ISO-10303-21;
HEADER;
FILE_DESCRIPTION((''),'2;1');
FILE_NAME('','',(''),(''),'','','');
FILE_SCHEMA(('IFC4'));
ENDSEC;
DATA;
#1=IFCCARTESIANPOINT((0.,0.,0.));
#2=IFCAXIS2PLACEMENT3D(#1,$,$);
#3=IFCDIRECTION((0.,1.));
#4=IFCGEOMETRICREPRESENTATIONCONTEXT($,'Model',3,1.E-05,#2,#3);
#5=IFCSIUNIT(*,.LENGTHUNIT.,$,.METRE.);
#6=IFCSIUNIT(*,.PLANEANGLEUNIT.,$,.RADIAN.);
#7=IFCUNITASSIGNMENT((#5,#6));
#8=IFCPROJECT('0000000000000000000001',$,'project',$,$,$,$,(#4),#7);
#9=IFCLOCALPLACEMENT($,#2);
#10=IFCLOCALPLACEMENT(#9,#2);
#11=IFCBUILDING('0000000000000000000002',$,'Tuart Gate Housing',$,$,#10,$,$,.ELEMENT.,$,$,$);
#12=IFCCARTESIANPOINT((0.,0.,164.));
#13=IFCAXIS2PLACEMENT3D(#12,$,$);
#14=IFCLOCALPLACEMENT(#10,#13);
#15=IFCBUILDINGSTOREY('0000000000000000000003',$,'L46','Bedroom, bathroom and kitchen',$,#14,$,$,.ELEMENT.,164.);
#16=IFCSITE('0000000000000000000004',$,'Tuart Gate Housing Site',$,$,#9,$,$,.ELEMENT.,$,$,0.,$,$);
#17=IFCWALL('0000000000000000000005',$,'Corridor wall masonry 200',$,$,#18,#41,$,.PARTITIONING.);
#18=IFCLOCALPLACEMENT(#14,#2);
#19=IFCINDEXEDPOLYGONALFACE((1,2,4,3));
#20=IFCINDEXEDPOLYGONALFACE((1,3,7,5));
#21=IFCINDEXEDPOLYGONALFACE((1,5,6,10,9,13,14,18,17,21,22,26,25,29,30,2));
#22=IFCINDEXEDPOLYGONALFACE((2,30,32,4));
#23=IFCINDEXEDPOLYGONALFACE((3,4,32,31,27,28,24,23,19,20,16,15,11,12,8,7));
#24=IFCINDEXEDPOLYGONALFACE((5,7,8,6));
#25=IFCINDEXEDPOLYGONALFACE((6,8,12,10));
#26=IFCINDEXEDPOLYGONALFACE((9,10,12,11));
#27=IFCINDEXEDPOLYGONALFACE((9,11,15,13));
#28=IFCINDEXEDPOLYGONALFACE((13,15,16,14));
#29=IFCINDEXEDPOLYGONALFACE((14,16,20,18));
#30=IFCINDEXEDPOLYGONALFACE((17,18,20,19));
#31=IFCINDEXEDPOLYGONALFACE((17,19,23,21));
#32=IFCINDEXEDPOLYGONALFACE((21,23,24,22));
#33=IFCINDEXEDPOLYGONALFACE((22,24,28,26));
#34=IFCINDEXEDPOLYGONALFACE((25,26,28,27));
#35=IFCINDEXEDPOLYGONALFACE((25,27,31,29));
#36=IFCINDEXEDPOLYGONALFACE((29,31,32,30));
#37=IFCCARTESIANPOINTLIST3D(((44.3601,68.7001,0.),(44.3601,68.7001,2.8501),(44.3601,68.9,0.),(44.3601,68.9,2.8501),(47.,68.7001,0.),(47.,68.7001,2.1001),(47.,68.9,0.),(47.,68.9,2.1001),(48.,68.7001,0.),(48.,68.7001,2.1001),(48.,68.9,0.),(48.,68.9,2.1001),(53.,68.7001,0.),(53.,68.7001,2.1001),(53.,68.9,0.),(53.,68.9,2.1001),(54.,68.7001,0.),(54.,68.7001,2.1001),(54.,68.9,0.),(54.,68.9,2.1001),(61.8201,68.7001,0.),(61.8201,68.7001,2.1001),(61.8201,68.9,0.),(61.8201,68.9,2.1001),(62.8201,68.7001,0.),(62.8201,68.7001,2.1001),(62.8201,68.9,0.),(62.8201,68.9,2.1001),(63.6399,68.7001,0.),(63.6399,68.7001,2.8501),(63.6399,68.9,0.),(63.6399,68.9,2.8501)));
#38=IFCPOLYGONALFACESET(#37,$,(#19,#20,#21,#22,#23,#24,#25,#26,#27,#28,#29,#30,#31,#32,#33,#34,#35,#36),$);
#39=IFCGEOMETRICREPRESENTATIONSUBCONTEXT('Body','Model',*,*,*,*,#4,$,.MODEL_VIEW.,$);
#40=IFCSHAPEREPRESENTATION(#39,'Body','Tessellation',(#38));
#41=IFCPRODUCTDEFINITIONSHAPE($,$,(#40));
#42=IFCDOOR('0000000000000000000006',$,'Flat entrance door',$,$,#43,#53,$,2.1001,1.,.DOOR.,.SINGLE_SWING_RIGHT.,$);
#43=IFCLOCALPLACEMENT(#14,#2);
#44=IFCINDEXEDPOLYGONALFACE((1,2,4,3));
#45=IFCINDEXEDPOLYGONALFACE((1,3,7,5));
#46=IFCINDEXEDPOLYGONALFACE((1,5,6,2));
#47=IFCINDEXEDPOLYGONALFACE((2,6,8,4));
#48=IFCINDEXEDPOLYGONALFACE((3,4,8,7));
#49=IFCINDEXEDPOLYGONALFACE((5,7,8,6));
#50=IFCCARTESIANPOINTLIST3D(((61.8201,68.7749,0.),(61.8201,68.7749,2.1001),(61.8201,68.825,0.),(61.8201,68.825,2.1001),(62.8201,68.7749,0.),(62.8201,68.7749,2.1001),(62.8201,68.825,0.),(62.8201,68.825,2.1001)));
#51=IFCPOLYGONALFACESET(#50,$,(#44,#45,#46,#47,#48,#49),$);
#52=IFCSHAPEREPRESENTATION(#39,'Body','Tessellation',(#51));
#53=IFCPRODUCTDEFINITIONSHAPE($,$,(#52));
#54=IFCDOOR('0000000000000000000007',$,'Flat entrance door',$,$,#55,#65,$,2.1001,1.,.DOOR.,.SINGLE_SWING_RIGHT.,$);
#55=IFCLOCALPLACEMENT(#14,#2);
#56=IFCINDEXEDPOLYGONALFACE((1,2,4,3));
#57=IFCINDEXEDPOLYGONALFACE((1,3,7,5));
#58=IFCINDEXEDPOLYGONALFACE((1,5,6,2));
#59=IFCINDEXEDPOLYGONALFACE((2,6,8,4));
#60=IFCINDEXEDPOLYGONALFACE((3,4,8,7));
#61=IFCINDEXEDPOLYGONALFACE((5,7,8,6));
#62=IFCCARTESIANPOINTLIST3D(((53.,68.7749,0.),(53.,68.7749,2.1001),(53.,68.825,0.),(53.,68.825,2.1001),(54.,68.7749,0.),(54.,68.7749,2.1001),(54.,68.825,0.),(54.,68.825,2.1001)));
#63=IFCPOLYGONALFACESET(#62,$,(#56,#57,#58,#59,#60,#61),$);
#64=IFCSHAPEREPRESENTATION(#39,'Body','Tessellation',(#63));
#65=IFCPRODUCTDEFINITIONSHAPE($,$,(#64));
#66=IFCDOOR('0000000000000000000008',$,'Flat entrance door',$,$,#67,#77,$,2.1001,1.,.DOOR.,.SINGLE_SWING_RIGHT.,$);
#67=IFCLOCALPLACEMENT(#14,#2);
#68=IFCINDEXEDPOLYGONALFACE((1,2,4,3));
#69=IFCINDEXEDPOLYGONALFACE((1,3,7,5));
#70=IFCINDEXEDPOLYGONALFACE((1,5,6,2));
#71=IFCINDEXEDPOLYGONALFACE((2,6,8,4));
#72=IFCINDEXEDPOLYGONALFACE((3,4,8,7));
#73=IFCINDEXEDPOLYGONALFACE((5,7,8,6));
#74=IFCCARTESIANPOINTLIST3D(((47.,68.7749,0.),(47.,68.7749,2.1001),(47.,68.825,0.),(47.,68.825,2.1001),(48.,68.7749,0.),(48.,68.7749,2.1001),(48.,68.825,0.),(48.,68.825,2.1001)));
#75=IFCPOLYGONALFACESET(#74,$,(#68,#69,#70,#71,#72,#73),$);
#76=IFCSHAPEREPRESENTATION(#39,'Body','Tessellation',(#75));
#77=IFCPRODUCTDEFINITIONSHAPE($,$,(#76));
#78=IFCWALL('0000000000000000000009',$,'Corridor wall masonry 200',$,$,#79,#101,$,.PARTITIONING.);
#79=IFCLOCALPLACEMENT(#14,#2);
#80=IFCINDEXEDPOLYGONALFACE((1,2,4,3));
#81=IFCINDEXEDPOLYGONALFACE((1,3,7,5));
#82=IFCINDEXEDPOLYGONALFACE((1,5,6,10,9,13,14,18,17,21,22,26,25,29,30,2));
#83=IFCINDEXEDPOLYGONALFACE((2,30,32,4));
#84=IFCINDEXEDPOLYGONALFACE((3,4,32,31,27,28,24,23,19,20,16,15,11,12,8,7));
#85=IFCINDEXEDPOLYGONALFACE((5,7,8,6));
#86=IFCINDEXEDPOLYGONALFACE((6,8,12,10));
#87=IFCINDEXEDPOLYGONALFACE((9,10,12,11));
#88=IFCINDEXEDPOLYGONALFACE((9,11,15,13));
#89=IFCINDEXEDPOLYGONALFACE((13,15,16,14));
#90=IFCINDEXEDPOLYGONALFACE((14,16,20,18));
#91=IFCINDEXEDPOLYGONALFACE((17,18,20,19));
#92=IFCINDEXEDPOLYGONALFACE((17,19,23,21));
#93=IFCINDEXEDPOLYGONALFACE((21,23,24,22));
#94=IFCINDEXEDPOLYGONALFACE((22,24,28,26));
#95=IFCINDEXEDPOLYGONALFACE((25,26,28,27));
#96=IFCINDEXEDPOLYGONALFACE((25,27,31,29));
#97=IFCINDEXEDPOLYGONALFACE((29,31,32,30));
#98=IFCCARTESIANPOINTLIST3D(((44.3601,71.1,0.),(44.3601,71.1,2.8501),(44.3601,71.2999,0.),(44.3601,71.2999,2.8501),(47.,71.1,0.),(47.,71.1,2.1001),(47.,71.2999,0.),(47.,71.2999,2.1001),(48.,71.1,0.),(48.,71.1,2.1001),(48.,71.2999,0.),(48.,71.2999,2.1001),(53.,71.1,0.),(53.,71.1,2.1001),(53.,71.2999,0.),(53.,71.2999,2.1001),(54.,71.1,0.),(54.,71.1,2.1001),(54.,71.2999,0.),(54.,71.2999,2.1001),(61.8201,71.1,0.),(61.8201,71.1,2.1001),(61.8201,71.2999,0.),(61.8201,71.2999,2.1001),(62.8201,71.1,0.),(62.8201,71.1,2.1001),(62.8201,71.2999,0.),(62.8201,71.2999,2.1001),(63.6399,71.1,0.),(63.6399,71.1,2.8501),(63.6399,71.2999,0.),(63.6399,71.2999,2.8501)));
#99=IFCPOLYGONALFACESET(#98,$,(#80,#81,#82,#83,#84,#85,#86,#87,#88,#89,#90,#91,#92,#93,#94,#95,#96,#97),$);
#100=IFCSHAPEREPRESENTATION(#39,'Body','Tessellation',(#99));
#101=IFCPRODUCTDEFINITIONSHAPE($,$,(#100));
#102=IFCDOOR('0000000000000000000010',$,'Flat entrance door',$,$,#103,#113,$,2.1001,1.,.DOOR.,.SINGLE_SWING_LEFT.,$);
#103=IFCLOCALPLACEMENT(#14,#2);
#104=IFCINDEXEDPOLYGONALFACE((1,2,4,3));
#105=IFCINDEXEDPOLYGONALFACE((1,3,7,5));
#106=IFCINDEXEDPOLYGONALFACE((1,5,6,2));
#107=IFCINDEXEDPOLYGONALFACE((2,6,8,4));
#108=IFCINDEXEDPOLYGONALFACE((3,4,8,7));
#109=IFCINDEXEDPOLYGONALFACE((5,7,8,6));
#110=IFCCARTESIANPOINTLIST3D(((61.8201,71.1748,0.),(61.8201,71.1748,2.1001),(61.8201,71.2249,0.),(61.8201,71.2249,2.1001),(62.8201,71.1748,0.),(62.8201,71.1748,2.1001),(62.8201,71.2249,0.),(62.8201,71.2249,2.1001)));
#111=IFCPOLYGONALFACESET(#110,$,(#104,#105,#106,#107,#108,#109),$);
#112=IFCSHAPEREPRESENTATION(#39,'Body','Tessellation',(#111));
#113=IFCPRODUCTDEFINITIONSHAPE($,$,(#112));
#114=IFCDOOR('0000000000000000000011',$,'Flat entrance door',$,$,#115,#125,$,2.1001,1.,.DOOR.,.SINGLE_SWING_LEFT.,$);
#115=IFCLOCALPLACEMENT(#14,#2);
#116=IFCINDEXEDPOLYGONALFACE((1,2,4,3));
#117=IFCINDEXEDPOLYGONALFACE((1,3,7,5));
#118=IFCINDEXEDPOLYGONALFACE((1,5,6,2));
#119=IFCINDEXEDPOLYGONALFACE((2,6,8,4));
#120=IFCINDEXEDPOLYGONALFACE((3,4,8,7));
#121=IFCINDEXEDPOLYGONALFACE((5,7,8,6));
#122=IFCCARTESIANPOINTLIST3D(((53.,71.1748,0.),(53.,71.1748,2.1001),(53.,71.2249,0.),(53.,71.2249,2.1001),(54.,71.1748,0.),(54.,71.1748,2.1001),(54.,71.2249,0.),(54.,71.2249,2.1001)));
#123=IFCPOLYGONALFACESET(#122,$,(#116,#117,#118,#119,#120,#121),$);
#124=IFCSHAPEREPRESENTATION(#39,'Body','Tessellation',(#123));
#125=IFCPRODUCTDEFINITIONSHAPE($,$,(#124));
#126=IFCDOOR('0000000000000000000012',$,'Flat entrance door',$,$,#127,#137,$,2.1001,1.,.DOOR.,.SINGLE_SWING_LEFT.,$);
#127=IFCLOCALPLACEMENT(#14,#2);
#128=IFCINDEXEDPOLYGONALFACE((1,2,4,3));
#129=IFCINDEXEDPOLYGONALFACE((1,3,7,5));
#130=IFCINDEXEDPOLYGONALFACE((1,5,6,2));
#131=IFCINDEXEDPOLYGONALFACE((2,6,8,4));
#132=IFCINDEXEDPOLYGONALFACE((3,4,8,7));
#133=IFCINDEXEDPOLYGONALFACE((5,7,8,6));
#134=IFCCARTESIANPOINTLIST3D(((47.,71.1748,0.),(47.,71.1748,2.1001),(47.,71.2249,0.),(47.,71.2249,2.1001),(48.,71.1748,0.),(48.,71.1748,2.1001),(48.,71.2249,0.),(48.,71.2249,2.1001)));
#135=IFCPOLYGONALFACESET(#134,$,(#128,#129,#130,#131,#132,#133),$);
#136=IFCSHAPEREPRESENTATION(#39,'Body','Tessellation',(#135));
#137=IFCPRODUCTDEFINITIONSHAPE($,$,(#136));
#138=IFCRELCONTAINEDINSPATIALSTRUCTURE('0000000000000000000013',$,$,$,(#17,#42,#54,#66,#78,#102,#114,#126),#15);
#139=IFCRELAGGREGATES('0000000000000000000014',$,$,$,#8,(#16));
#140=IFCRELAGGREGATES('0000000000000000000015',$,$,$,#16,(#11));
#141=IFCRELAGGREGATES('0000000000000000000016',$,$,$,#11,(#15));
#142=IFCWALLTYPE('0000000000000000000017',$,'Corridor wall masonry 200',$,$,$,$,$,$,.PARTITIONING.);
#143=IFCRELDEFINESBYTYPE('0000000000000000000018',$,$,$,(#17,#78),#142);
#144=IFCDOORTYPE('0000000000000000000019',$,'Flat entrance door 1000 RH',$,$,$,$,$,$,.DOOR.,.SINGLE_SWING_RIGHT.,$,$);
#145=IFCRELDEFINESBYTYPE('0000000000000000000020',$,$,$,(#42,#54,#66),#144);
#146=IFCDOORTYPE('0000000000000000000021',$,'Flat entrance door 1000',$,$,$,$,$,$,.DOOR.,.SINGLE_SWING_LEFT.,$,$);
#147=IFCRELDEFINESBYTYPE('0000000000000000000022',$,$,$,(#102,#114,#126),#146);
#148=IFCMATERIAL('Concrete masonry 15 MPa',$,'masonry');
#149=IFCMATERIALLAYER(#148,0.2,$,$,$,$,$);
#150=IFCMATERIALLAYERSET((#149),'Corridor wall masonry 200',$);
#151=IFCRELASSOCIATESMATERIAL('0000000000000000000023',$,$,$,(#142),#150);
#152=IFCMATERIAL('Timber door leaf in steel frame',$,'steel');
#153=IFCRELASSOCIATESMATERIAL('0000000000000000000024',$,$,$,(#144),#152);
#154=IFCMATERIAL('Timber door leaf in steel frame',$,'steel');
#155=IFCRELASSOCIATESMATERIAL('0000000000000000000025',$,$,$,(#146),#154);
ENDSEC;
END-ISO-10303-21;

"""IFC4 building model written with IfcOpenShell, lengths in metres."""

from ifc_helpers import new_model, si_unit, direction, frame, frame_2d, origin, place, context, subcontext, project, spatial, rectangle, extrude, material, layer, layer_set, type_object, element, fill, save


model = new_model("IFC4")

# Units and contexts
model_context = context("Model", 3, precision=1e-05, world=origin(), true_north=direction((0.0, 1.0)))
body_context = subcontext(model_context, "Body", "Model", "MODEL_VIEW")
ifc_project = project(units=[si_unit("LENGTHUNIT", "METRE"), si_unit("PLANEANGLEUNIT", "RADIAN")], contexts=[model_context])

# Site, building, storey
site_placement = place(None, origin())
site = spatial("IfcSite", under=ifc_project, at=site_placement, Name="Tuart Gate Housing Site", CompositionType="ELEMENT", RefElevation=0.0)
building_placement = place(site_placement, origin())
building = spatial("IfcBuilding", under=site, at=building_placement, Name="Tuart Gate Housing", CompositionType="ELEMENT")
storey_placement = place(building_placement, frame((0.0, 0.0, 164.0)))
storey = spatial("IfcBuildingStorey", under=building, at=storey_placement, Name="L46", Description="Bedroom, bathroom and kitchen", CompositionType="ELEMENT", Elevation=164.0)

# Walls, openings, doors
ifc_material_1 = material(Name="Concrete masonry 15 MPa", Category="masonry")
ifc_layer_1 = layer(ifc_material_1, 0.2)
ifc_layer_set_1 = layer_set([ifc_layer_1], Name="Corridor wall masonry 200")
wall_type_1 = type_object("IfcWallType", Name="Corridor wall masonry 200", PredefinedType="PARTITIONING", material=ifc_layer_set_1)
wall_1_placement = place(storey_placement, frame((44.3601, 68.8, 0.0), z_axis=(0.0, 0.0, 1.0), x_axis=(1.0, 0.0, 0.0)))
wall_1 = element("IfcWall", 1, at=wall_1_placement, inside=storey, type_object=wall_type_1, Name="Corridor wall masonry 200", PredefinedType="PARTITIONING", context=body_context, shape_type="SweptSolid", body=[
    extrude(rectangle(XDim=19.2798, YDim=0.2, at=frame_2d((9.6399, 0.0))), origin(), (0.0, 0.0, 1.0), 2.8501),
])
opening_1_placement = place(wall_1_placement, frame((17.46, 0.0, 0.0)))
opening_1 = element("IfcOpeningElement", 2, at=opening_1_placement, cuts=wall_1, PredefinedType="OPENING", context=body_context, shape_type="SweptSolid", body=[
    extrude(rectangle(XDim=1.0, YDim=2.1001, at=frame_2d((0.5, 1.05))), frame((0.0, 0.1099, 0.0), z_axis=(0.0, -1.0, 0.0), x_axis=(1.0, 0.0, 0.0)), (0.0, 0.0, 1.0), 0.22),
])
opening_2_placement = place(wall_1_placement, frame((8.6399, 0.0, 0.0)))
opening_2 = element("IfcOpeningElement", 3, at=opening_2_placement, cuts=wall_1, PredefinedType="OPENING", context=body_context, shape_type="SweptSolid", body=[
    extrude(rectangle(XDim=1.0, YDim=2.1001, at=frame_2d((0.5, 1.05))), frame((0.0, 0.1099, 0.0), z_axis=(0.0, -1.0, 0.0), x_axis=(1.0, 0.0, 0.0)), (0.0, 0.0, 1.0), 0.22),
])
opening_3_placement = place(wall_1_placement, frame((2.6399, 0.0, 0.0)))
opening_3 = element("IfcOpeningElement", 4, at=opening_3_placement, cuts=wall_1, PredefinedType="OPENING", context=body_context, shape_type="SweptSolid", body=[
    extrude(rectangle(XDim=1.0, YDim=2.1001, at=frame_2d((0.5, 1.05))), frame((0.0, 0.1099, 0.0), z_axis=(0.0, -1.0, 0.0), x_axis=(1.0, 0.0, 0.0)), (0.0, 0.0, 1.0), 0.22),
])
ifc_material_2 = material(Name="Timber door leaf in steel frame", Category="steel")
door_type_1 = type_object("IfcDoorType", Name="Flat entrance door 1000 RH", OperationType="SINGLE_SWING_RIGHT", PredefinedType="DOOR", material=ifc_material_2)
door_1_placement = place(opening_1_placement, frame((1.0, 0.0, 0.0), z_axis=(0.0, 0.0, 1.0), x_axis=(-1.0, 0.0, 0.0)))
door_1 = element("IfcDoor", 5, at=door_1_placement, inside=storey, type_object=door_type_1, Name="Flat entrance door", OperationType="SINGLE_SWING_RIGHT", OverallHeight=2.1001, OverallWidth=1.0, PredefinedType="DOOR", context=body_context, shape_type="SweptSolid", body=[
    extrude(rectangle(XDim=1.0, YDim=2.1001, at=frame_2d((0.5, 1.05))), frame((0.0, 0.0251, 0.0), z_axis=(0.0, -1.0, 0.0), x_axis=(1.0, 0.0, 0.0)), (0.0, 0.0, 1.0), 0.05),
])
fill(opening_1, door_1)
door_2_placement = place(opening_2_placement, frame((1.0, 0.0, 0.0), z_axis=(0.0, 0.0, 1.0), x_axis=(-1.0, 0.0, 0.0)))
door_2 = element("IfcDoor", 6, at=door_2_placement, inside=storey, type_object=door_type_1, Name="Flat entrance door", OperationType="SINGLE_SWING_RIGHT", OverallHeight=2.1001, OverallWidth=1.0, PredefinedType="DOOR", context=body_context, shape_type="SweptSolid", body=[
    extrude(rectangle(XDim=1.0, YDim=2.1001, at=frame_2d((0.5, 1.05))), frame((0.0, 0.0251, 0.0), z_axis=(0.0, -1.0, 0.0), x_axis=(1.0, 0.0, 0.0)), (0.0, 0.0, 1.0), 0.05),
])
fill(opening_2, door_2)
door_3_placement = place(opening_3_placement, frame((1.0, 0.0, 0.0), z_axis=(0.0, 0.0, 1.0), x_axis=(-1.0, 0.0, 0.0)))
door_3 = element("IfcDoor", 7, at=door_3_placement, inside=storey, type_object=door_type_1, Name="Flat entrance door", OperationType="SINGLE_SWING_RIGHT", OverallHeight=2.1001, OverallWidth=1.0, PredefinedType="DOOR", context=body_context, shape_type="SweptSolid", body=[
    extrude(rectangle(XDim=1.0, YDim=2.1001, at=frame_2d((0.5, 1.05))), frame((0.0, 0.0251, 0.0), z_axis=(0.0, -1.0, 0.0), x_axis=(1.0, 0.0, 0.0)), (0.0, 0.0, 1.0), 0.05),
])
fill(opening_3, door_3)
wall_2_placement = place(storey_placement, frame((44.3601, 71.2, 0.0), z_axis=(0.0, 0.0, 1.0), x_axis=(1.0, 0.0, 0.0)))
wall_2 = element("IfcWall", 8, at=wall_2_placement, inside=storey, type_object=wall_type_1, Name="Corridor wall masonry 200", PredefinedType="PARTITIONING", context=body_context, shape_type="SweptSolid", body=[
    extrude(rectangle(XDim=19.2798, YDim=0.2, at=frame_2d((9.6399, 0.0))), origin(), (0.0, 0.0, 1.0), 2.8501),
])
opening_4_placement = place(wall_2_placement, frame((17.46, 0.0, 0.0)))
opening_4 = element("IfcOpeningElement", 9, at=opening_4_placement, cuts=wall_2, PredefinedType="OPENING", context=body_context, shape_type="SweptSolid", body=[
    extrude(rectangle(XDim=1.0, YDim=2.1001, at=frame_2d((0.5, 1.05))), frame((0.0, 0.1099, 0.0), z_axis=(0.0, -1.0, 0.0), x_axis=(1.0, 0.0, 0.0)), (0.0, 0.0, 1.0), 0.22),
])
opening_5_placement = place(wall_2_placement, frame((8.6399, 0.0, 0.0)))
opening_5 = element("IfcOpeningElement", 10, at=opening_5_placement, cuts=wall_2, PredefinedType="OPENING", context=body_context, shape_type="SweptSolid", body=[
    extrude(rectangle(XDim=1.0, YDim=2.1001, at=frame_2d((0.5, 1.05))), frame((0.0, 0.1099, 0.0), z_axis=(0.0, -1.0, 0.0), x_axis=(1.0, 0.0, 0.0)), (0.0, 0.0, 1.0), 0.22),
])
opening_6_placement = place(wall_2_placement, frame((2.6399, 0.0, 0.0)))
opening_6 = element("IfcOpeningElement", 11, at=opening_6_placement, cuts=wall_2, PredefinedType="OPENING", context=body_context, shape_type="SweptSolid", body=[
    extrude(rectangle(XDim=1.0, YDim=2.1001, at=frame_2d((0.5, 1.05))), frame((0.0, 0.1099, 0.0), z_axis=(0.0, -1.0, 0.0), x_axis=(1.0, 0.0, 0.0)), (0.0, 0.0, 1.0), 0.22),
])
ifc_material_3 = material(Name="Timber door leaf in steel frame", Category="steel")
door_type_2 = type_object("IfcDoorType", Name="Flat entrance door 1000", OperationType="SINGLE_SWING_LEFT", PredefinedType="DOOR", material=ifc_material_3)
door_4_placement = place(opening_4_placement, origin())
door_4 = element("IfcDoor", 12, at=door_4_placement, inside=storey, type_object=door_type_2, Name="Flat entrance door", OperationType="SINGLE_SWING_LEFT", OverallHeight=2.1001, OverallWidth=1.0, PredefinedType="DOOR", context=body_context, shape_type="SweptSolid", body=[
    extrude(rectangle(XDim=1.0, YDim=2.1001, at=frame_2d((0.5, 1.05))), frame((0.0, 0.0249, 0.0), z_axis=(0.0, -1.0, 0.0), x_axis=(1.0, 0.0, 0.0)), (0.0, 0.0, 1.0), 0.05),
])
fill(opening_4, door_4)
door_5_placement = place(opening_5_placement, origin())
door_5 = element("IfcDoor", 13, at=door_5_placement, inside=storey, type_object=door_type_2, Name="Flat entrance door", OperationType="SINGLE_SWING_LEFT", OverallHeight=2.1001, OverallWidth=1.0, PredefinedType="DOOR", context=body_context, shape_type="SweptSolid", body=[
    extrude(rectangle(XDim=1.0, YDim=2.1001, at=frame_2d((0.5, 1.05))), frame((0.0, 0.0249, 0.0), z_axis=(0.0, -1.0, 0.0), x_axis=(1.0, 0.0, 0.0)), (0.0, 0.0, 1.0), 0.05),
])
fill(opening_5, door_5)
door_6_placement = place(opening_6_placement, origin())
door_6 = element("IfcDoor", 14, at=door_6_placement, inside=storey, type_object=door_type_2, Name="Flat entrance door", OperationType="SINGLE_SWING_LEFT", OverallHeight=2.1001, OverallWidth=1.0, PredefinedType="DOOR", context=body_context, shape_type="SweptSolid", body=[
    extrude(rectangle(XDim=1.0, YDim=2.1001, at=frame_2d((0.5, 1.05))), frame((0.0, 0.0249, 0.0), z_axis=(0.0, -1.0, 0.0), x_axis=(1.0, 0.0, 0.0)), (0.0, 0.0, 1.0), 0.05),
])
fill(opening_6, door_6)

save(model, "model.ifc")
